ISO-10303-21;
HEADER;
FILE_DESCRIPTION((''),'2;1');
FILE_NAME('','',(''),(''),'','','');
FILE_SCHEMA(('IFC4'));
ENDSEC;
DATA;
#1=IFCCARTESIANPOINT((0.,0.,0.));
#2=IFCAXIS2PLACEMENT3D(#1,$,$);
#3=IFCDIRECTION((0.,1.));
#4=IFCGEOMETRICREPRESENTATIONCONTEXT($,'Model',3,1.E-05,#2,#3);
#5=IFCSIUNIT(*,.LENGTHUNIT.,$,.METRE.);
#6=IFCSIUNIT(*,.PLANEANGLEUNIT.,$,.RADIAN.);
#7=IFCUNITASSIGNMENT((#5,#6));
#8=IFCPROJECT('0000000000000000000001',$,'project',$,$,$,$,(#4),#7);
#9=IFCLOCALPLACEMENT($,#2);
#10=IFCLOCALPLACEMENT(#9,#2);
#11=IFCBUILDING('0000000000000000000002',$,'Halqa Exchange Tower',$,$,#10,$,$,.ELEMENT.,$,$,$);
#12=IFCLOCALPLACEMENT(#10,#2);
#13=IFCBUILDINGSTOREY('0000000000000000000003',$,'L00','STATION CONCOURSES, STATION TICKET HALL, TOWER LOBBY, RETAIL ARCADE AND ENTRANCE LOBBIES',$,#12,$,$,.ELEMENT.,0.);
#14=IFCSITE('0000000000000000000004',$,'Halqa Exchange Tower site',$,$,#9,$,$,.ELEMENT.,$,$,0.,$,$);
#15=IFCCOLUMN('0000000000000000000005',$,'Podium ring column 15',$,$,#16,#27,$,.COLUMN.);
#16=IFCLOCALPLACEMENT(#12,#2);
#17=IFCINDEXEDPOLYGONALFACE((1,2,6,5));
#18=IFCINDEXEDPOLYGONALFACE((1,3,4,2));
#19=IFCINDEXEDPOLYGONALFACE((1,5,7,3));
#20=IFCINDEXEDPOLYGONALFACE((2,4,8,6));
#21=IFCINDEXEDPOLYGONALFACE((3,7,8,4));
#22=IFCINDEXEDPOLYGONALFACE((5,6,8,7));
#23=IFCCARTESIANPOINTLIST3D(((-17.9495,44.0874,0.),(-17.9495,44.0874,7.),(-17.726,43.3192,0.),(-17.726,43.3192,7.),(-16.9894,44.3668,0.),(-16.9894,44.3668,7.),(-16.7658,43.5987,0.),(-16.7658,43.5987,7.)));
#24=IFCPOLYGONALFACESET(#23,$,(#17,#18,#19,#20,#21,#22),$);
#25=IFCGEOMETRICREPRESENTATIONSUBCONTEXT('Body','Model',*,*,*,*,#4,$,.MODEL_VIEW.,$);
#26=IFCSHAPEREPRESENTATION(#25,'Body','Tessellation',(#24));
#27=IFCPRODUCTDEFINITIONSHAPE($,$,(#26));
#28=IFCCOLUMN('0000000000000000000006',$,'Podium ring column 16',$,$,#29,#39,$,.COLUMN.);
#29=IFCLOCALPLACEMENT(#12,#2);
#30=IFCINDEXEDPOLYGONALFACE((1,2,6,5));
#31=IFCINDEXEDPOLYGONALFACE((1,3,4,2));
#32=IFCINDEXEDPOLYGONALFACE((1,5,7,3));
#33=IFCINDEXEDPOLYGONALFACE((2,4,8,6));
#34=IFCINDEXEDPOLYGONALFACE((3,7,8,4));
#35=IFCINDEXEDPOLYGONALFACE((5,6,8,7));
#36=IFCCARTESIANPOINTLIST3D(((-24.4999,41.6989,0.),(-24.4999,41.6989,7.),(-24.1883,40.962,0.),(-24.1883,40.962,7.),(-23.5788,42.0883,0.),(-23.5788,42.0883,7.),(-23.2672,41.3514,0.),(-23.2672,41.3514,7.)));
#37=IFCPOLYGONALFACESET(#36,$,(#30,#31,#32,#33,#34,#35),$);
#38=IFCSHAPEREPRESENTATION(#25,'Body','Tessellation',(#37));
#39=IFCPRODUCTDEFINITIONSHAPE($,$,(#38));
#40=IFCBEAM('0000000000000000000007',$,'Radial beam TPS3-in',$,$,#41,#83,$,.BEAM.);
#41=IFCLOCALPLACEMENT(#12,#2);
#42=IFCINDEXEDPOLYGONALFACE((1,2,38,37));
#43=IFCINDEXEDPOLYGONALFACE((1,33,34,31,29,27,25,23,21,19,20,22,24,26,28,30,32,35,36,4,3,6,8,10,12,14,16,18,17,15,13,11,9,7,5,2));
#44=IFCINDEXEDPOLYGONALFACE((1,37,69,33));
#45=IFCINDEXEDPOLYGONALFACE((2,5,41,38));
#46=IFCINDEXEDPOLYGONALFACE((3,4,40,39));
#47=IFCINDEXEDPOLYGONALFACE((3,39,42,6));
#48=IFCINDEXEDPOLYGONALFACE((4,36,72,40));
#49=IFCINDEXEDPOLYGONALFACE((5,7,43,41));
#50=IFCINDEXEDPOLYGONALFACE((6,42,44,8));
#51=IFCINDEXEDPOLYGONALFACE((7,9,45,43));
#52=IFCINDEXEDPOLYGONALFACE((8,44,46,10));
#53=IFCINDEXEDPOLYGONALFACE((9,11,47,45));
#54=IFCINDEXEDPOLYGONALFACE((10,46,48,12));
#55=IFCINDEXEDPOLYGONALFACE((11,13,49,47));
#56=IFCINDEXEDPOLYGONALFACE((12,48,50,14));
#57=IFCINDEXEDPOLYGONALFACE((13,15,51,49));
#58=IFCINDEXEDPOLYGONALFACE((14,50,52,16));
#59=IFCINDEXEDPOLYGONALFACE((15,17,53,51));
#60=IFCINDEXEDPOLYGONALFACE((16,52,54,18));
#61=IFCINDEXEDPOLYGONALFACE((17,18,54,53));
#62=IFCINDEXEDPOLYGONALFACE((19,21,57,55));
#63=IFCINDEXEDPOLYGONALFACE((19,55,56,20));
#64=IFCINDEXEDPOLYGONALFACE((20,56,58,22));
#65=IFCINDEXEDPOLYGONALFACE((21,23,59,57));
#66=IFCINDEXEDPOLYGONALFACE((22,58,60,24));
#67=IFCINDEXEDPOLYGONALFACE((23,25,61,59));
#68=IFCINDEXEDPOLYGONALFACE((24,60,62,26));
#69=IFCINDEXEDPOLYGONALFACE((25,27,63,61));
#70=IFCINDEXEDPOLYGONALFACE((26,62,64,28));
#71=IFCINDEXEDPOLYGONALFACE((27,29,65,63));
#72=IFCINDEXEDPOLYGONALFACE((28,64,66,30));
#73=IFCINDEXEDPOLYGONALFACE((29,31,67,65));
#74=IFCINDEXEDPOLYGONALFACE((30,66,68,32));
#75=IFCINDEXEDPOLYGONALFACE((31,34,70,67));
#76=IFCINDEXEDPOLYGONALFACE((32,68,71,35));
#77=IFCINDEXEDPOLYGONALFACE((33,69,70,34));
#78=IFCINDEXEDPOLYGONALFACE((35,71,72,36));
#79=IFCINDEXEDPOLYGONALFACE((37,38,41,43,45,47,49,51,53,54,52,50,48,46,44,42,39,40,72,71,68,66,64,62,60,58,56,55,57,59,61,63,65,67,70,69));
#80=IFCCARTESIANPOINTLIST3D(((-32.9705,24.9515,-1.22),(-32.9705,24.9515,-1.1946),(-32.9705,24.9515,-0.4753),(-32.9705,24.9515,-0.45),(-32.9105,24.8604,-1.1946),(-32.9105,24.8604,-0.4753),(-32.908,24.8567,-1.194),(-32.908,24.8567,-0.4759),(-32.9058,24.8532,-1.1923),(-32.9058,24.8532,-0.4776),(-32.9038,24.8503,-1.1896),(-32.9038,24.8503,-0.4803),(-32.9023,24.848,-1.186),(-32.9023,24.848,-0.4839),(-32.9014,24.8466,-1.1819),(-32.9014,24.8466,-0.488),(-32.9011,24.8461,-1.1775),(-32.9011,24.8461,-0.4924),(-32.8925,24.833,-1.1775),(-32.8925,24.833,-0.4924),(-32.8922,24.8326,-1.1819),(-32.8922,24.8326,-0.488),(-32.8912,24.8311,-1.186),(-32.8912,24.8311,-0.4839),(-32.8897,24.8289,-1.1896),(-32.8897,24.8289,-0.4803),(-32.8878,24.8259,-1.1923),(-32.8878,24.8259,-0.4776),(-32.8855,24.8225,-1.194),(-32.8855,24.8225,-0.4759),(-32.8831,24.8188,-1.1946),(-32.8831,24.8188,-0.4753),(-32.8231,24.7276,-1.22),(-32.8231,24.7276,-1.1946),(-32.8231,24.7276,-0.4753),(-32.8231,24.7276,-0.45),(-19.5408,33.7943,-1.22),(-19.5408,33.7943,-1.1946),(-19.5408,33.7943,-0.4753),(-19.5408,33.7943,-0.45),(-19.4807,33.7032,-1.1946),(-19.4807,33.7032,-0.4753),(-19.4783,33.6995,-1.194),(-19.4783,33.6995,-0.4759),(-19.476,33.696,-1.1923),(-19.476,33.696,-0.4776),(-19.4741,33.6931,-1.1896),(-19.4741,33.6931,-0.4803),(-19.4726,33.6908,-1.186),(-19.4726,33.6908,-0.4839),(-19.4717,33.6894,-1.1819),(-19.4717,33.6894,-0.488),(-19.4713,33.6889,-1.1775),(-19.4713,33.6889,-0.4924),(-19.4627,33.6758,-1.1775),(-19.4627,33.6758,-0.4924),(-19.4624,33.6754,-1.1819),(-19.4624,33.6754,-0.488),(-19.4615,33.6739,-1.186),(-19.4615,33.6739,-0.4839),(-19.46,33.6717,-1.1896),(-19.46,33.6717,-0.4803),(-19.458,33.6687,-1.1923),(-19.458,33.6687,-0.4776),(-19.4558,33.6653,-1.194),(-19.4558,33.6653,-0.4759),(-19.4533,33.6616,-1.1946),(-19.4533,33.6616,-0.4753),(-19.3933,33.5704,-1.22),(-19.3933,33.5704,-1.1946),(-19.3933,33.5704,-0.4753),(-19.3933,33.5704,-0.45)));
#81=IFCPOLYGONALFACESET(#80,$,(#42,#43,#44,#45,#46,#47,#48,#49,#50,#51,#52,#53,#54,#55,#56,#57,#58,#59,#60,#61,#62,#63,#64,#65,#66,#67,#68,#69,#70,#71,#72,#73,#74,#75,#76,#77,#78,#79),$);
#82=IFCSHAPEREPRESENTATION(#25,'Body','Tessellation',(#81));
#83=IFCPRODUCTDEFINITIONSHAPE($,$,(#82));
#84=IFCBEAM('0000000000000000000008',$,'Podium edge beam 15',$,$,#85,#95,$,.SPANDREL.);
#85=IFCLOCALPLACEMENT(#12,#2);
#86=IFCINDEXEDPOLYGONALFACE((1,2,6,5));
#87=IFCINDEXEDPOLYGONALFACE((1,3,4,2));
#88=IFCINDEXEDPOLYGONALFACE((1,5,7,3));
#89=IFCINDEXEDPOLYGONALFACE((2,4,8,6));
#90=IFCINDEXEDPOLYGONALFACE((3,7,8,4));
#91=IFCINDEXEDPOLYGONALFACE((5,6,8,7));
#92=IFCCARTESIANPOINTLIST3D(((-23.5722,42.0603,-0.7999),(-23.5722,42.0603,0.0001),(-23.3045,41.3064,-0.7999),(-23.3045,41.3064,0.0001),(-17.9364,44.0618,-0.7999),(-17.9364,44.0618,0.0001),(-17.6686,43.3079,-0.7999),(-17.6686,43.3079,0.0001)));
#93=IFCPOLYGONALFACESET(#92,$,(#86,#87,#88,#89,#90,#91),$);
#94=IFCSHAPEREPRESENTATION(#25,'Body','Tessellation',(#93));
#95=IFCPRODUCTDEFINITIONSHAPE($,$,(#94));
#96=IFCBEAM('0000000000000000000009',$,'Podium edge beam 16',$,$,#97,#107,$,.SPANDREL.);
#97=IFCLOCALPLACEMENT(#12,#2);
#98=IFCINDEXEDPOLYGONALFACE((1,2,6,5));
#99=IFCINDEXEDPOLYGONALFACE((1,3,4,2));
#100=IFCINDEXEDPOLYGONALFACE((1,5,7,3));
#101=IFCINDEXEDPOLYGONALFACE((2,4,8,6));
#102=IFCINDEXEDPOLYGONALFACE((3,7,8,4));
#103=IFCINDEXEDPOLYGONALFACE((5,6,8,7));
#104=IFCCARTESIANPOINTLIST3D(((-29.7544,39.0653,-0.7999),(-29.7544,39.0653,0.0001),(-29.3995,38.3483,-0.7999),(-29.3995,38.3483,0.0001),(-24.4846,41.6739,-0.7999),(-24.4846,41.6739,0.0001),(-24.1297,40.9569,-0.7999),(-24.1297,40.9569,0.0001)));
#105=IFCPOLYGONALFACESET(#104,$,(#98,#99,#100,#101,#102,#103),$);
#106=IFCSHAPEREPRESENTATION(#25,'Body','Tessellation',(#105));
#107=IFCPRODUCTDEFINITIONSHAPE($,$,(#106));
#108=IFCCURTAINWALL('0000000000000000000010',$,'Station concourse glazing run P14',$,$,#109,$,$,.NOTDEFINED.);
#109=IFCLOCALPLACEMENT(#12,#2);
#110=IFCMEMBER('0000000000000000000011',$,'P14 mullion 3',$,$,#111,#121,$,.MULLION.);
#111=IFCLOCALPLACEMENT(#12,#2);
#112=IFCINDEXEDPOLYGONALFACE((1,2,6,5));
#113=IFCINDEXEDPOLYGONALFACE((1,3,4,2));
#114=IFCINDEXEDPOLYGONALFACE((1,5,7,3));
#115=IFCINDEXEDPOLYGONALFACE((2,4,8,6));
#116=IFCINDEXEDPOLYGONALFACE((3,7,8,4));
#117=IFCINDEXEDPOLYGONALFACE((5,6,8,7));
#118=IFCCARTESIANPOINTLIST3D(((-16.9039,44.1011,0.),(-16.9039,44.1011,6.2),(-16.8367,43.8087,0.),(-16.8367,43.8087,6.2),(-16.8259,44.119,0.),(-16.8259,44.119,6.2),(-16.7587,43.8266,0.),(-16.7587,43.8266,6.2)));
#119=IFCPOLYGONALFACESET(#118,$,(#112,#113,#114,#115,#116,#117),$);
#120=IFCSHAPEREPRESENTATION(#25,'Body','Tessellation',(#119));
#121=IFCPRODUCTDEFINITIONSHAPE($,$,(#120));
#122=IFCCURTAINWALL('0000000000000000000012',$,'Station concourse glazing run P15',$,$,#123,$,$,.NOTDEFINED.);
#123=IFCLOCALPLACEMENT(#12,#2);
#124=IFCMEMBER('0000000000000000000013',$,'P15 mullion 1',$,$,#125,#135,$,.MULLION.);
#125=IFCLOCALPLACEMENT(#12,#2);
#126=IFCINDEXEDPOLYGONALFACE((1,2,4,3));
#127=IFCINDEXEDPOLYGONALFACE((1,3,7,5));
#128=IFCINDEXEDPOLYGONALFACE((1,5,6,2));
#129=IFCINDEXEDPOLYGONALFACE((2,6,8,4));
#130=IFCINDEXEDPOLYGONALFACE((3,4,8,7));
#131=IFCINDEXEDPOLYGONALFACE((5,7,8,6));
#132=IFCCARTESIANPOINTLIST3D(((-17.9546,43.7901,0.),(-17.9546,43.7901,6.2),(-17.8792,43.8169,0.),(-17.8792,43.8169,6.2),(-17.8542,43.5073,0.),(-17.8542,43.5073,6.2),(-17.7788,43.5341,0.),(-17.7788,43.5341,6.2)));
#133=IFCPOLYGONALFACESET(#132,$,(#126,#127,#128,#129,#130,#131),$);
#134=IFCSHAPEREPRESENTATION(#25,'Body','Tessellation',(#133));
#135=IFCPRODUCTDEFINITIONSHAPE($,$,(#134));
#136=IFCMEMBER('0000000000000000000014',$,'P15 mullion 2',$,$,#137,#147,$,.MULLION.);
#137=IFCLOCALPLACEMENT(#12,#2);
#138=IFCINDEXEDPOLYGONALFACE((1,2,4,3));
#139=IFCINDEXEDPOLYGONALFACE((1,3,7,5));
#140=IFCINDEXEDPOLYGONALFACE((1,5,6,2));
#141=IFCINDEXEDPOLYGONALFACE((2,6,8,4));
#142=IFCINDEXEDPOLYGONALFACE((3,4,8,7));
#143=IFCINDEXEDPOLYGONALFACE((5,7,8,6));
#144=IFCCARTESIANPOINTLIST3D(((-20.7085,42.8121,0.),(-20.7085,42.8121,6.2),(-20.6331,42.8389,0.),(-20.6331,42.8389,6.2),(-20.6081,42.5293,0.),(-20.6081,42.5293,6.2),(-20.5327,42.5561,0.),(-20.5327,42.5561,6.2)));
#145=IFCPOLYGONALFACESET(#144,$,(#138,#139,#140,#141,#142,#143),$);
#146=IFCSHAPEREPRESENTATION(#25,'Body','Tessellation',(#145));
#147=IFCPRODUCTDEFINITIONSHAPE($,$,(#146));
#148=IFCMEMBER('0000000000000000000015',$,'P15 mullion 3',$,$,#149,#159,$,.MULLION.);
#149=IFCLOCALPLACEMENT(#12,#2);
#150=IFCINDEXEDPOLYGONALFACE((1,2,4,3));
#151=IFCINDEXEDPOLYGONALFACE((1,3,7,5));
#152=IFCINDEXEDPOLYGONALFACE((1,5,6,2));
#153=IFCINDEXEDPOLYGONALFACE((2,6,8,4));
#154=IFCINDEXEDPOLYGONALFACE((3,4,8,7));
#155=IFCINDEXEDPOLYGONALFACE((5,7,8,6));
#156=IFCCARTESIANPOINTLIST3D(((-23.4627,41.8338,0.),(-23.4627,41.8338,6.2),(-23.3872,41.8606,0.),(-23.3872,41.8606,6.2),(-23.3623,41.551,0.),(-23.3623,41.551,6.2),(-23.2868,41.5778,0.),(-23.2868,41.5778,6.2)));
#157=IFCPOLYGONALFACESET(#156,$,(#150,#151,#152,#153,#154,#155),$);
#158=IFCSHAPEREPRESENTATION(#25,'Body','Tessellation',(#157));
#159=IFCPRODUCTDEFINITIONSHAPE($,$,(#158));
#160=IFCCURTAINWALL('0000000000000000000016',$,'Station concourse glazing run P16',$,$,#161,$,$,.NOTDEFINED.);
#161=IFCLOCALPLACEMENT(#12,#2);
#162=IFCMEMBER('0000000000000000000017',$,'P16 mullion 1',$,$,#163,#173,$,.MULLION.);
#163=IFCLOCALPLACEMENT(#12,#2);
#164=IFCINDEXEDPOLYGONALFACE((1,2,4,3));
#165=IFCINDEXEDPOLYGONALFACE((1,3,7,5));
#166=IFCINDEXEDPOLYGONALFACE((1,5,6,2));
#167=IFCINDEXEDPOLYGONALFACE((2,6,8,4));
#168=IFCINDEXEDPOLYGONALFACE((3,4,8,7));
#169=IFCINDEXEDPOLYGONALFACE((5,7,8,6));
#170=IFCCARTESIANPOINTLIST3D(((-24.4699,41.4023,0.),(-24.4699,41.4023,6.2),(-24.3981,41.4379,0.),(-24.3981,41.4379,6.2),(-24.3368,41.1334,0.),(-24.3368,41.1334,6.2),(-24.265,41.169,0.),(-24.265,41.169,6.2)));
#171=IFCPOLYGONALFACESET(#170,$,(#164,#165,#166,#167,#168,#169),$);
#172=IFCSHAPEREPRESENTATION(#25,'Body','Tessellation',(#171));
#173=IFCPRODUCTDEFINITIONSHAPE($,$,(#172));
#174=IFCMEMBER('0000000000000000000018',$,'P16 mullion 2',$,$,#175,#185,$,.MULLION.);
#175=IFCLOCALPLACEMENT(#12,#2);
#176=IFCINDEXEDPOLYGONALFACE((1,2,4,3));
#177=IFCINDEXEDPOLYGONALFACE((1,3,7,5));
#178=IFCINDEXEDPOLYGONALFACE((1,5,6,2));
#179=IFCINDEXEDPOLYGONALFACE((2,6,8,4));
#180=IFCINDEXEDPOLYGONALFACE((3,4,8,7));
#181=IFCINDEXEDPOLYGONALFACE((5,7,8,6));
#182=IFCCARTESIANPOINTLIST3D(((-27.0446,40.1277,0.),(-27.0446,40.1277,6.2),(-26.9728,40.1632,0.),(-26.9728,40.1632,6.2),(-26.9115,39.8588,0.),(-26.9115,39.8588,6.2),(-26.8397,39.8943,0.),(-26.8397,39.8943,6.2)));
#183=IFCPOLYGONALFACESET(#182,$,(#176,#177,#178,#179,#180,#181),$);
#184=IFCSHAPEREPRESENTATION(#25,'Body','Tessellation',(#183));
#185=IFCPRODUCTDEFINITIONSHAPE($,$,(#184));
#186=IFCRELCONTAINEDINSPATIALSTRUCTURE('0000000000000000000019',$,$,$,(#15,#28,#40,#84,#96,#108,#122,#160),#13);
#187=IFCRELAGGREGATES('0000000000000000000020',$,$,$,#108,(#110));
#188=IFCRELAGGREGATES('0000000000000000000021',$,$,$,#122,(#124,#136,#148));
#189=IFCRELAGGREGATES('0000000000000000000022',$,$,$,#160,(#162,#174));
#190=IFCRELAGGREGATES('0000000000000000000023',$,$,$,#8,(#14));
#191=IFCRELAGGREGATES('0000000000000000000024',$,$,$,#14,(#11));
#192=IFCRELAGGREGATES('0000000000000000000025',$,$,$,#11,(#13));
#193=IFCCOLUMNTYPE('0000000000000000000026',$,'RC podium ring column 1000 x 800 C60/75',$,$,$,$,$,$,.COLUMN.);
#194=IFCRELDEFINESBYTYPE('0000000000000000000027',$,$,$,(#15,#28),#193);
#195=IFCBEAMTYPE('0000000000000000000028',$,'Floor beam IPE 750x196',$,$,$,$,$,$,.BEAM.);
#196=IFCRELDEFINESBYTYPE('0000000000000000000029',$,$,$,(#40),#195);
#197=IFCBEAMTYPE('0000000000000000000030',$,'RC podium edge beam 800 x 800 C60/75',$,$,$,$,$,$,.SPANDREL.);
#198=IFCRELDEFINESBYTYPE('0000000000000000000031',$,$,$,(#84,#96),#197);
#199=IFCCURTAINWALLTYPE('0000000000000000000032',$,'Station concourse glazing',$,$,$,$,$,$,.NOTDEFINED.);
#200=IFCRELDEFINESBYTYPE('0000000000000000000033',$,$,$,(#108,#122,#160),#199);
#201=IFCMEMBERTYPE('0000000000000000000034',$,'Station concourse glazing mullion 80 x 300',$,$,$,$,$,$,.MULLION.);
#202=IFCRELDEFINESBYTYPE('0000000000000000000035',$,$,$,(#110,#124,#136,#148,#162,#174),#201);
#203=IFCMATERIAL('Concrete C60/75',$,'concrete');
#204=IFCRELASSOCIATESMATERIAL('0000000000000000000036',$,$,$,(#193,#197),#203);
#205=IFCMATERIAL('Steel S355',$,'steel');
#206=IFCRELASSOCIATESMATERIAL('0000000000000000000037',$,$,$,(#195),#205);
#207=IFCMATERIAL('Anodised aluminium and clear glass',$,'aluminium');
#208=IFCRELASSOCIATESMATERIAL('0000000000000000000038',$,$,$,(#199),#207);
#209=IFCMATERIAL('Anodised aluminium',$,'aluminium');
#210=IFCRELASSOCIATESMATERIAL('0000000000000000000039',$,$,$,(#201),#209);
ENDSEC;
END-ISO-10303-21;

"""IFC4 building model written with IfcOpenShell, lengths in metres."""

from ifc_helpers import new_model, si_unit, direction, frame, origin, origin_2d, place, context, subcontext, project, spatial, rectangle, i_section, extrude, material, material_profile, profile_set, type_object, element, aggregate, save


model = new_model("IFC4")

# Units and contexts
model_context = context("Model", 3, precision=1e-05, world=origin(), true_north=direction((0.0, 1.0)))
body_context = subcontext(model_context, "Body", "Model", "MODEL_VIEW")
ifc_project = project(units=[si_unit("LENGTHUNIT", "METRE"), si_unit("PLANEANGLEUNIT", "RADIAN")], contexts=[model_context])

# Site, building, storey
site_placement = place(None, origin())
site = spatial("IfcSite", under=ifc_project, at=site_placement, Name="Halqa Exchange Tower site", CompositionType="ELEMENT", RefElevation=0.0)
building_placement = place(site_placement, origin())
building = spatial("IfcBuilding", under=site, at=building_placement, Name="Halqa Exchange Tower", CompositionType="ELEMENT")
storey_placement = place(building_placement, origin())
storey = spatial("IfcBuildingStorey", under=building, at=storey_placement, Name="L00", Description="STATION CONCOURSES, STATION TICKET HALL, TOWER LOBBY, RETAIL ARCADE AND ENTRANCE LOBBIES", CompositionType="ELEMENT", Elevation=0.0)

# Columns
ifc_material_1 = material(Name="Concrete C60/75", Category="concrete")
ifc_material_profile_1 = material_profile(ifc_material_1, rectangle(XDim=1.0, YDim=0.8, at=origin_2d()), Name="1000 x 800")
ifc_profile_set_1 = profile_set([ifc_material_profile_1], Name="Concrete C60/75")
column_type = type_object("IfcColumnType", Name="RC podium ring column 1000 x 800 C60/75", PredefinedType="COLUMN", material=ifc_profile_set_1)
for number, where, z_axis, x_axis, name in (
    (1, (-17.3577, 43.843, 0.0), (0.0, 0.0, 1.0), (-0.960158, -0.279459, 0.0), "Podium ring column 15"),
    (2, (-23.8835, 41.5251, 0.0), (0.0, 0.0, 1.0), (-0.921048, -0.389449, 0.0), "Podium ring column 16"),
):
    element("IfcColumn", number, at=place(storey_placement, frame(where, z_axis=z_axis, x_axis=x_axis)), inside=storey, type_object=column_type, Name=name, PredefinedType="COLUMN", context=body_context, shape_type="SweptSolid", body=[
        extrude(rectangle(XDim=1.0, YDim=0.8, at=origin_2d()), origin(), (0.0, 0.0, 1.0), 7.0),
    ])

# Beams
ifc_material_2 = material(Name="Steel S355", Category="steel")
ifc_material_profile_2 = material_profile(ifc_material_2, i_section(OverallWidth=0.2681, OverallDepth=0.77, WebThickness=0.0156, FlangeThickness=0.0254, FilletRadius=0.0171, at=origin_2d()), Name="IPE 750x196")
ifc_profile_set_2 = profile_set([ifc_material_profile_2], Name="Steel S355")
beam_type_1 = type_object("IfcBeamType", Name="Floor beam IPE 750x196", PredefinedType="BEAM", material=ifc_profile_set_2)
beam_1_placement = place(storey_placement, frame((-19.467, 33.6824, -0.835), z_axis=(-0.835204, -0.54994, 0.0), x_axis=(0.54994, -0.835204, 0.0)))
element("IfcBeam", 3, at=beam_1_placement, inside=storey, type_object=beam_type_1, Name="Radial beam TPS3-in", PredefinedType="BEAM", context=body_context, shape_type="SweptSolid", body=[
    extrude(i_section(OverallWidth=0.2681, OverallDepth=0.77, WebThickness=0.0156, FlangeThickness=0.0254, FilletRadius=0.0171, at=origin_2d()), origin(), (0.0, 0.0, 1.0), 16.0796),
])
ifc_material_profile_3 = material_profile(ifc_material_1, rectangle(XDim=0.8, YDim=0.8, at=origin_2d()), Name="800 x 800")
ifc_profile_set_3 = profile_set([ifc_material_profile_3], Name="Concrete C60/75")
beam_type_2 = type_object("IfcBeamType", Name="RC podium edge beam 800 x 800 C60/75", PredefinedType="SPANDREL", material=ifc_profile_set_3)
beam_2_placement = place(storey_placement, frame((-17.8025, 43.6848, -0.3999), z_axis=(-0.942343, -0.334647, 0.0), x_axis=(0.334647, -0.942343, 0.0)))
element("IfcBeam", 4, at=beam_2_placement, inside=storey, type_object=beam_type_2, Name="Podium edge beam 15", PredefinedType="SPANDREL", context=body_context, shape_type="SweptSolid", body=[
    extrude(rectangle(XDim=0.8, YDim=0.8, at=origin_2d()), origin(), (0.0, 0.0, 1.0), 5.9807),
])
beam_3_placement = place(storey_placement, frame((-24.3071, 41.3154, -0.3999), z_axis=(-0.896205, -0.443639, 0.0), x_axis=(0.443639, -0.896205, 0.0)))
element("IfcBeam", 5, at=beam_3_placement, inside=storey, type_object=beam_type_2, Name="Podium edge beam 16", PredefinedType="SPANDREL", context=body_context, shape_type="SweptSolid", body=[
    extrude(rectangle(XDim=0.8, YDim=0.8, at=origin_2d()), origin(), (0.0, 0.0, 1.0), 5.8801),
])

# Curtain wall, member
ifc_material_3 = material(Name="Anodised aluminium and clear glass", Category="aluminium")
curtain_wall_type = type_object("IfcCurtainWallType", Name="Station concourse glazing", PredefinedType="NOTDEFINED", material=ifc_material_3)
curtain_wall_1_placement = place(storey_placement, origin())
curtain_wall_1 = element("IfcCurtainWall", 6, at=curtain_wall_1_placement, inside=storey, type_object=curtain_wall_type, Name="Station concourse glazing run P14", PredefinedType="NOTDEFINED")
ifc_material_4 = material(Name="Anodised aluminium", Category="aluminium")
ifc_material_profile_4 = material_profile(ifc_material_4, rectangle(XDim=0.3, YDim=0.0801, at=origin_2d()), Name="AL 80x300")
ifc_profile_set_4 = profile_set([ifc_material_profile_4], Name="Anodised aluminium")
member_type_1 = type_object("IfcMemberType", Name="Station concourse glazing mullion 80 x 300", PredefinedType="MULLION", material=ifc_profile_set_4)
member_1_placement = place(storey_placement, frame((-16.8313, 43.9639, 0.0), z_axis=(0.0, 0.0, 1.0), x_axis=(0.223897, -0.974613, 0.0)))
member_1 = element("IfcMember", 7, at=member_1_placement, type_object=member_type_1, Name="P14 mullion 3", PredefinedType="MULLION", context=body_context, shape_type="SweptSolid", body=[
    extrude(rectangle(XDim=0.3, YDim=0.0801, at=origin_2d()), origin(), (0.0, 0.0, 1.0), 6.2),
])

# Curtain walls, members
curtain_wall_2_placement = place(storey_placement, origin())
curtain_wall_2 = element("IfcCurtainWall", 8, at=curtain_wall_2_placement, inside=storey, type_object=curtain_wall_type, Name="Station concourse glazing run P15", PredefinedType="NOTDEFINED")
member_2_placement = place(storey_placement, frame((-17.8667, 43.6621, 0.0), z_axis=(0.0, 0.0, 1.0), x_axis=(0.334688, -0.942329, 0.0)))
member_2 = element("IfcMember", 9, at=member_2_placement, type_object=member_type_1, Name="P15 mullion 1", PredefinedType="MULLION", context=body_context, shape_type="SweptSolid", body=[
    extrude(rectangle(XDim=0.3, YDim=0.0801, at=origin_2d()), origin(), (0.0, 0.0, 1.0), 6.2),
])
member_3_placement = place(storey_placement, frame((-20.6206, 42.6841, 0.0), z_axis=(0.0, 0.0, 1.0), x_axis=(0.334688, -0.942329, 0.0)))
member_3 = element("IfcMember", 10, at=member_3_placement, type_object=member_type_1, Name="P15 mullion 2", PredefinedType="MULLION", context=body_context, shape_type="SweptSolid", body=[
    extrude(rectangle(XDim=0.3, YDim=0.0801, at=origin_2d()), origin(), (0.0, 0.0, 1.0), 6.2),
])
member_4_placement = place(storey_placement, frame((-23.3748, 41.7058, 0.0), z_axis=(0.0, 0.0, 1.0), x_axis=(0.334688, -0.942329, 0.0)))
member_4 = element("IfcMember", 11, at=member_4_placement, type_object=member_type_1, Name="P15 mullion 3", PredefinedType="MULLION", context=body_context, shape_type="SweptSolid", body=[
    extrude(rectangle(XDim=0.3, YDim=0.0801, at=origin_2d()), origin(), (0.0, 0.0, 1.0), 6.2),
])
curtain_wall_3_placement = place(storey_placement, origin())
curtain_wall_3 = element("IfcCurtainWall", 12, at=curtain_wall_3_placement, inside=storey, type_object=curtain_wall_type, Name="Station concourse glazing run P16", PredefinedType="NOTDEFINED")
member_5_placement = place(storey_placement, frame((-24.3674, 41.2856, 0.0), z_axis=(0.0, 0.0, 1.0), x_axis=(0.443653, -0.896198, 0.0)))
member_5 = element("IfcMember", 13, at=member_5_placement, type_object=member_type_1, Name="P16 mullion 1", PredefinedType="MULLION", context=body_context, shape_type="SweptSolid", body=[
    extrude(rectangle(XDim=0.3, YDim=0.0801, at=origin_2d()), origin(), (0.0, 0.0, 1.0), 6.2),
])
member_6_placement = place(storey_placement, frame((-26.9421, 40.011, 0.0), z_axis=(0.0, 0.0, 1.0), x_axis=(0.443653, -0.896198, 0.0)))
member_6 = element("IfcMember", 14, at=member_6_placement, type_object=member_type_1, Name="P16 mullion 2", PredefinedType="MULLION", context=body_context, shape_type="SweptSolid", body=[
    extrude(rectangle(XDim=0.3, YDim=0.0801, at=origin_2d()), origin(), (0.0, 0.0, 1.0), 6.2),
])

aggregate(curtain_wall_1, [member_1])
aggregate(curtain_wall_2, [member_2, member_3, member_4])
aggregate(curtain_wall_3, [member_5, member_6])

save(model, "model.ifc")
